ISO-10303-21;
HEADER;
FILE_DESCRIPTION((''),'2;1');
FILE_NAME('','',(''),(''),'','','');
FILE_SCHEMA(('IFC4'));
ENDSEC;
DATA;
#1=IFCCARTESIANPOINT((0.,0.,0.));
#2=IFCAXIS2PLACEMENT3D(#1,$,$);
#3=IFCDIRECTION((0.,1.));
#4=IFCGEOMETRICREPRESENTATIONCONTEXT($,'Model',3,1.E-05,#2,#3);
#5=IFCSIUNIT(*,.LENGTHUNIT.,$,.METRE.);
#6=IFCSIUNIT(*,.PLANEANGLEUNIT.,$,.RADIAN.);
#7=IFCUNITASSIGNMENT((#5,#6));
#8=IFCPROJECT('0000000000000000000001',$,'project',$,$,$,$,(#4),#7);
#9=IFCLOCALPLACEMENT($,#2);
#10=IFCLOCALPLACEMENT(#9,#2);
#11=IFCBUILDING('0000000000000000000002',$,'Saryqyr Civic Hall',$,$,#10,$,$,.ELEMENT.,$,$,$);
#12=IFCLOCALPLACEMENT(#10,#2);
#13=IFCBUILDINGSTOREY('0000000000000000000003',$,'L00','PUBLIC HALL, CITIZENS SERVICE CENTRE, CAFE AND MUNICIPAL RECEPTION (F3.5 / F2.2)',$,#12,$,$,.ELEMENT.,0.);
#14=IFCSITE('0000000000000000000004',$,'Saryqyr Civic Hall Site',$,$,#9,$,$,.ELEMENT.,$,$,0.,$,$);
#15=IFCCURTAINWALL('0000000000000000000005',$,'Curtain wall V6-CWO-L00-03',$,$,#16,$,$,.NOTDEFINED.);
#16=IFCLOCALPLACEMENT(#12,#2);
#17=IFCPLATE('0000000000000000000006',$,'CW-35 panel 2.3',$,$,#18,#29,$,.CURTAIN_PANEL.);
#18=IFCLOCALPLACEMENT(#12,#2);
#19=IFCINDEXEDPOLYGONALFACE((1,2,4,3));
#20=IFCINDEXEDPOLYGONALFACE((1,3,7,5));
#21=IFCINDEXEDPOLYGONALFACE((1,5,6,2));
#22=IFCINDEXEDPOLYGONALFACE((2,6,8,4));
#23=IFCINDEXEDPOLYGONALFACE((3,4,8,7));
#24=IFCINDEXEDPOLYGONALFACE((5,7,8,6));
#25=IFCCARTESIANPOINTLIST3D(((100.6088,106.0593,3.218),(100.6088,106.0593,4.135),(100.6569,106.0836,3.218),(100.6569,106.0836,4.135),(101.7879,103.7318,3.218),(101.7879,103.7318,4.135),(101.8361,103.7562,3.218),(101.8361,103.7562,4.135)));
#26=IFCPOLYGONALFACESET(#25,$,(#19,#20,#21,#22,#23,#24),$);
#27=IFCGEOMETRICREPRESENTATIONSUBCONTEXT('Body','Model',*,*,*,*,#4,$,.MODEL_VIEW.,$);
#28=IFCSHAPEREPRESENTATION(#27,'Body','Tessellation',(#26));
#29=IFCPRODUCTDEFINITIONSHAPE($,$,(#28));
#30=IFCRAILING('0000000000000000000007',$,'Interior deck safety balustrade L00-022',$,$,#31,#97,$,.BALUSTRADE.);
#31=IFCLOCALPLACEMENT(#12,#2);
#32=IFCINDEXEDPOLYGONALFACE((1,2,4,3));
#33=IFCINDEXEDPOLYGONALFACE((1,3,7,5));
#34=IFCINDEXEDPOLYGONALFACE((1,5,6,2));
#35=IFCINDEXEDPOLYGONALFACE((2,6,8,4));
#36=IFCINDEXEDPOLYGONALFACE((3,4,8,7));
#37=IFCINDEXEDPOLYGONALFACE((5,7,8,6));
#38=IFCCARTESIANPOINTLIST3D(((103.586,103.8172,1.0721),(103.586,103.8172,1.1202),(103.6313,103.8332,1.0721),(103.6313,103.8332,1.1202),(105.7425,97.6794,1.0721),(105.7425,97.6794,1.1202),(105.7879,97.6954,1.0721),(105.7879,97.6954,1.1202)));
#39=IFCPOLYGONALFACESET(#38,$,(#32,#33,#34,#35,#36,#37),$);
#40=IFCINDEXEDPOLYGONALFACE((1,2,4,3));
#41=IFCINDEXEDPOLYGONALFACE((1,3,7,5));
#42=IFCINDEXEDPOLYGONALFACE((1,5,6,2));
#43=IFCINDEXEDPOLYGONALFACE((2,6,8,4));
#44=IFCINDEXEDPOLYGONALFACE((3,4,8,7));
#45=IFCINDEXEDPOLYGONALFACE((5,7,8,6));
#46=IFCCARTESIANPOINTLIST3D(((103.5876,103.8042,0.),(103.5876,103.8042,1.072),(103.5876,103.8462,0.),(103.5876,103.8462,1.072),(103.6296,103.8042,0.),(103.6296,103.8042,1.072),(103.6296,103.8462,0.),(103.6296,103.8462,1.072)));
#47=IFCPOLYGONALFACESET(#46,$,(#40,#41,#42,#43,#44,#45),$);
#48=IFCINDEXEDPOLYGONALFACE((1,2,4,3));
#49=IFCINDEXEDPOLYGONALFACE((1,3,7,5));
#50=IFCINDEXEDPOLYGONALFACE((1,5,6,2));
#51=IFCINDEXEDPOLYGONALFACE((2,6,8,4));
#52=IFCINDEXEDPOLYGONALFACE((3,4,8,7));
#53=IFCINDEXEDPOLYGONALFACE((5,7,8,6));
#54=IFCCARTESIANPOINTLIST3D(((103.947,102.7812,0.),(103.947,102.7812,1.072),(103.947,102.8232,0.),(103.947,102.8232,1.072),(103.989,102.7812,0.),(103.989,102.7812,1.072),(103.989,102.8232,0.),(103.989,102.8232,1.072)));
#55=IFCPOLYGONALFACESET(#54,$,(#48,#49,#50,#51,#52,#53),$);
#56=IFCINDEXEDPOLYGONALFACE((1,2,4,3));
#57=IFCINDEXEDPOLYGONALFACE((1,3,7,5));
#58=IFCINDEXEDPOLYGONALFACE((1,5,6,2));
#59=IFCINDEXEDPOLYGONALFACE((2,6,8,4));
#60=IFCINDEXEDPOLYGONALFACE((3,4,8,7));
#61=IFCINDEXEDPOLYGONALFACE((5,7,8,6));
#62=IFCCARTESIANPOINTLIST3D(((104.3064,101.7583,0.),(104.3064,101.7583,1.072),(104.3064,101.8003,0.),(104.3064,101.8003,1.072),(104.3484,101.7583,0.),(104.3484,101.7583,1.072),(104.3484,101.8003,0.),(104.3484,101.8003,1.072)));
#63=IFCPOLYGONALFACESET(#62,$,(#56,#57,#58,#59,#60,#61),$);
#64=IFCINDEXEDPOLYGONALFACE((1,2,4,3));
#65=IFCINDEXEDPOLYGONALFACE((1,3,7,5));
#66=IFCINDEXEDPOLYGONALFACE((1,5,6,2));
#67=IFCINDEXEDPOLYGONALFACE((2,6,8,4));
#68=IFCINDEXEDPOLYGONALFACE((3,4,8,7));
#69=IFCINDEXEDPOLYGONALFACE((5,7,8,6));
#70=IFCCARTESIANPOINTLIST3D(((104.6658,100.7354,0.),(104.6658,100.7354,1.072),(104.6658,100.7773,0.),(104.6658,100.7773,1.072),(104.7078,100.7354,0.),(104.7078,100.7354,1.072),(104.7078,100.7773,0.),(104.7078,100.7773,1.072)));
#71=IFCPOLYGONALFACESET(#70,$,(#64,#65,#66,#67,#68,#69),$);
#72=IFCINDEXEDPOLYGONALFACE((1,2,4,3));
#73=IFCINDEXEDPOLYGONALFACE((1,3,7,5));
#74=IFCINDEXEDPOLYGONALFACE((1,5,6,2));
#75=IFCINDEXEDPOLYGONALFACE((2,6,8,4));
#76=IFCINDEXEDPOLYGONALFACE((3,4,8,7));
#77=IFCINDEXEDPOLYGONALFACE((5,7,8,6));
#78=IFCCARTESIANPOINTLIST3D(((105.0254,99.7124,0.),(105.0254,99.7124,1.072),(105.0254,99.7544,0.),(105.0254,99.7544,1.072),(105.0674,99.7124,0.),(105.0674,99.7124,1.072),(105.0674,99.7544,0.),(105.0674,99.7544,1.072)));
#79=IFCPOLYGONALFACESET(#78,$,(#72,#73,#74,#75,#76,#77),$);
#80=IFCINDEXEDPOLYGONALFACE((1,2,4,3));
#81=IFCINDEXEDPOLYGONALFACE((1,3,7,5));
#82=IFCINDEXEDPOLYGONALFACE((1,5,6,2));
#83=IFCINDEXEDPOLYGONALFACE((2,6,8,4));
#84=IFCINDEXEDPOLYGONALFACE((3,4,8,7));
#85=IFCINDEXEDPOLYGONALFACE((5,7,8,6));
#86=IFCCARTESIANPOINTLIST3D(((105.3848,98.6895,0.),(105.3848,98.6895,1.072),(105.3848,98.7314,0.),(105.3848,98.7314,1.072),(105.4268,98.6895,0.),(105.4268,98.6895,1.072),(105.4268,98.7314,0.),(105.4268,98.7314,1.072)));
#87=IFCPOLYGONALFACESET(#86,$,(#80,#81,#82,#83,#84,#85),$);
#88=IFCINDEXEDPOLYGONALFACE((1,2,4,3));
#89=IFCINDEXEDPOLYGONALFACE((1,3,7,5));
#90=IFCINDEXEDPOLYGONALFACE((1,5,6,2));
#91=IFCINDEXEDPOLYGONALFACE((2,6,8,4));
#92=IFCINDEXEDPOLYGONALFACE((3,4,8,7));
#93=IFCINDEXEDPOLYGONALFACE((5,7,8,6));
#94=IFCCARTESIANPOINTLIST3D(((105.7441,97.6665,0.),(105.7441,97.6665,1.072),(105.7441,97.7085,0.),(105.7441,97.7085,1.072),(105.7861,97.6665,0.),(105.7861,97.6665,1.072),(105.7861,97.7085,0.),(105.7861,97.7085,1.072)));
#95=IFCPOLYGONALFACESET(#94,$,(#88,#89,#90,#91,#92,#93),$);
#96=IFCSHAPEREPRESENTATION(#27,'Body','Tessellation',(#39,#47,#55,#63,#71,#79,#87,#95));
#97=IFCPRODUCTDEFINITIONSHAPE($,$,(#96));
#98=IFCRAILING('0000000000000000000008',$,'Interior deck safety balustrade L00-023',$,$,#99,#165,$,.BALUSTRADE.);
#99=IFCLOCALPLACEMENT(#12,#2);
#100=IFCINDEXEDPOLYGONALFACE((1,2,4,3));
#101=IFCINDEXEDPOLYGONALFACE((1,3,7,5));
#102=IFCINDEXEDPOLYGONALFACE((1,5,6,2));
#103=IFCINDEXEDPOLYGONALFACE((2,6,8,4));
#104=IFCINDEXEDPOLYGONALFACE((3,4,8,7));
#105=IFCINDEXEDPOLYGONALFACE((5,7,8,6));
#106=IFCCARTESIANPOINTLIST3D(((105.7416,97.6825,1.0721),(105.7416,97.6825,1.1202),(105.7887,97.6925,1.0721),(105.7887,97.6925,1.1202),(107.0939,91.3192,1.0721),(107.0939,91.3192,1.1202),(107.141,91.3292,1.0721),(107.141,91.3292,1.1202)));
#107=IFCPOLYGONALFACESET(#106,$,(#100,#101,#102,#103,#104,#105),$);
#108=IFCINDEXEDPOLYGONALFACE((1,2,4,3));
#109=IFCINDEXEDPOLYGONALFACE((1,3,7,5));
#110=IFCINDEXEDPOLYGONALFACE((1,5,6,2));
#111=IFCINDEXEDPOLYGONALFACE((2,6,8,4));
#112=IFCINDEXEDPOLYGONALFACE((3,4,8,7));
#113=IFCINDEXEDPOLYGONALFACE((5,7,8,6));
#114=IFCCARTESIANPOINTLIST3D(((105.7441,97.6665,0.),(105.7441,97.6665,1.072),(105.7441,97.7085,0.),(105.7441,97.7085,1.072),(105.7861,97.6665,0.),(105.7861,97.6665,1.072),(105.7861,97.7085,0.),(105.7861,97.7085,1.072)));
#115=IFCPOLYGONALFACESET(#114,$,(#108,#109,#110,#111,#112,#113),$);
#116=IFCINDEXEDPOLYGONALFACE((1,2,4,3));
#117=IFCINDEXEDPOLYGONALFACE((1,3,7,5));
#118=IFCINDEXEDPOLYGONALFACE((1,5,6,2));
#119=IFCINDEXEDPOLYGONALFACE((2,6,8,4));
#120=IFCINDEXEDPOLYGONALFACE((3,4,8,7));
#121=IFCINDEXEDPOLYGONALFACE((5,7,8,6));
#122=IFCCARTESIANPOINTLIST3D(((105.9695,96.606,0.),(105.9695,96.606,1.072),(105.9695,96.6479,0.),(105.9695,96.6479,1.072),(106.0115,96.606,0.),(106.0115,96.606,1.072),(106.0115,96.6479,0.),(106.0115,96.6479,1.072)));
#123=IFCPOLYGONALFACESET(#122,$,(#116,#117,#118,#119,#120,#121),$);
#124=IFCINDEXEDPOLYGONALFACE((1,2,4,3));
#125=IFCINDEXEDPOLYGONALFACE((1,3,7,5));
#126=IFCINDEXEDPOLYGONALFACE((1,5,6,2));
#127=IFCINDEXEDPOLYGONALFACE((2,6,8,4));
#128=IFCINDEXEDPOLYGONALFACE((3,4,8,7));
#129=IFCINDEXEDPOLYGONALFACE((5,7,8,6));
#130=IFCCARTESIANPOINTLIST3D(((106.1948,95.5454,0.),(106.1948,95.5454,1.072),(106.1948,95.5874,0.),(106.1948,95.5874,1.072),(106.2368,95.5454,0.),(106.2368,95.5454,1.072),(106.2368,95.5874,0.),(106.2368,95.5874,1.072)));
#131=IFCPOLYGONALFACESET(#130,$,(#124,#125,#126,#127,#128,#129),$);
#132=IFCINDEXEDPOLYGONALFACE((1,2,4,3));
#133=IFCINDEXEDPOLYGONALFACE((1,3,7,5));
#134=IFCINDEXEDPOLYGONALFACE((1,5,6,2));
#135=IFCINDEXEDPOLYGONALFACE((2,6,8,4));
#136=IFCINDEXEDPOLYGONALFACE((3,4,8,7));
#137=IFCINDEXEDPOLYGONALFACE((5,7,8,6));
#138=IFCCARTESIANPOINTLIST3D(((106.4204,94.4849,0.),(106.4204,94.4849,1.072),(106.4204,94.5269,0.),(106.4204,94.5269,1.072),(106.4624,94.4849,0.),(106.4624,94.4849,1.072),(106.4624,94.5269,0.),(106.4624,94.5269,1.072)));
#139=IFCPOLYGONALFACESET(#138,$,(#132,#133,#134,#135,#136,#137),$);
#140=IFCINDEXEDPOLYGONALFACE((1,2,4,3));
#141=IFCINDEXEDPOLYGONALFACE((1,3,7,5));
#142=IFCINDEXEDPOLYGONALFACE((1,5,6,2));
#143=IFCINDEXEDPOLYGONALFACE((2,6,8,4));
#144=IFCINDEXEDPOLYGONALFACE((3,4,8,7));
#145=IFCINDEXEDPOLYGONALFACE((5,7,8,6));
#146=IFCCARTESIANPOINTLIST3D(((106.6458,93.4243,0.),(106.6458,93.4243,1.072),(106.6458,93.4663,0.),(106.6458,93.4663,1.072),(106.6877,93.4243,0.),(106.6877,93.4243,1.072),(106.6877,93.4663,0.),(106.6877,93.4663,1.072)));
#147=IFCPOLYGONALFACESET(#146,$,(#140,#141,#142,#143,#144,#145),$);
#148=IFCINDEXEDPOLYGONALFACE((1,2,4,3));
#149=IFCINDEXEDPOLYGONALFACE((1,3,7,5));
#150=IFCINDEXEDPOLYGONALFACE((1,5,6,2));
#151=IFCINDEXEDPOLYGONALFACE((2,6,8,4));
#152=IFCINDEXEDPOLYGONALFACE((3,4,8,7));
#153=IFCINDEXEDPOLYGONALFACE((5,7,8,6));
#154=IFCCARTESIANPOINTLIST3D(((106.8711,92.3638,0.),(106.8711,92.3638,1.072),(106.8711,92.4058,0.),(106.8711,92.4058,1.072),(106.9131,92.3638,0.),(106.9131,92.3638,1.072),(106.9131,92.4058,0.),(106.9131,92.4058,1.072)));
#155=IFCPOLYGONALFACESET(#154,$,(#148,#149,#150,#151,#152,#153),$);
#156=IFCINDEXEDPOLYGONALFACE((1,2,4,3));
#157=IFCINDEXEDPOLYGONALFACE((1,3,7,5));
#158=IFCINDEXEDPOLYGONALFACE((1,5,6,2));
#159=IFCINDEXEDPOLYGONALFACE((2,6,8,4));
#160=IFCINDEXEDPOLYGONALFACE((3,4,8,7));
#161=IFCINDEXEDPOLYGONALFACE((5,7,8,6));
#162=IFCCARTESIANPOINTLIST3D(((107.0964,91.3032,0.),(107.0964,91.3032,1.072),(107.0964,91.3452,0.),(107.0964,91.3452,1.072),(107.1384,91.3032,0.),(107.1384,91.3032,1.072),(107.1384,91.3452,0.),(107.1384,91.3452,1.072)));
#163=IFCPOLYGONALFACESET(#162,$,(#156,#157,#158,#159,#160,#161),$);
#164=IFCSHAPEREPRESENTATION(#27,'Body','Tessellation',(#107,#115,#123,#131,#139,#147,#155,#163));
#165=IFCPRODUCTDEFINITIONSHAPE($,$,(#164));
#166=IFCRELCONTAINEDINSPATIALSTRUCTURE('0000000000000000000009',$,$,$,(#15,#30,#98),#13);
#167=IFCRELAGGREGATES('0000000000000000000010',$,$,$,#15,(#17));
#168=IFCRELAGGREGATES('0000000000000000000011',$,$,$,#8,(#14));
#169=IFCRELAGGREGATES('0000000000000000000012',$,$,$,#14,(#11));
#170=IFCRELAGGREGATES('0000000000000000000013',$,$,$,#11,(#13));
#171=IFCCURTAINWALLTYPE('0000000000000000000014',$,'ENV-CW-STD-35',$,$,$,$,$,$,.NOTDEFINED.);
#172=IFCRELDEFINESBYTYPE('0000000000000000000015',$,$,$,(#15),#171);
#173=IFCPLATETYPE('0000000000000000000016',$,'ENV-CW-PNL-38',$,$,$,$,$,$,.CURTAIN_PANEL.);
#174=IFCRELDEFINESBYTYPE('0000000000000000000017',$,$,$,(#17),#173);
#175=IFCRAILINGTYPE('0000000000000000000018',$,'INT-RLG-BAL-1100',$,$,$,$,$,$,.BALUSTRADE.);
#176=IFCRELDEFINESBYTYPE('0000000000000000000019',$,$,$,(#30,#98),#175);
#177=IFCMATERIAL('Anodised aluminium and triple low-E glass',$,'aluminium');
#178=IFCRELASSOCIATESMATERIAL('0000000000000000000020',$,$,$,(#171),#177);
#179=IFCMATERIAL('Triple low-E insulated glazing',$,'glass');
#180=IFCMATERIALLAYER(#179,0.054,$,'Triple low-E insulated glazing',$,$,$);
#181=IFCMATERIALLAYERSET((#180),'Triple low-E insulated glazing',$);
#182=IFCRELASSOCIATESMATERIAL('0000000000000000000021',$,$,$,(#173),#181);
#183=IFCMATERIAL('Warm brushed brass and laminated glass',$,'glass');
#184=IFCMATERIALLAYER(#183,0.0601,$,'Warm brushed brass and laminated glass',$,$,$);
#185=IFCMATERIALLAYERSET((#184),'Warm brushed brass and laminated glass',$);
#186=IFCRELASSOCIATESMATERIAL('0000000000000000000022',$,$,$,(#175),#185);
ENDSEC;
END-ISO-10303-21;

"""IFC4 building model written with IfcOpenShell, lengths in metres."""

from ifc_helpers import new_model, si_unit, direction, frame, origin, origin_2d, place, context, subcontext, project, spatial, rectangle, extrude, material, layer, layer_set, type_object, element, aggregate, save


model = new_model("IFC4")

# Units and contexts
model_context = context("Model", 3, precision=1e-05, world=origin(), true_north=direction((0.0, 1.0)))
body_context = subcontext(model_context, "Body", "Model", "MODEL_VIEW")
ifc_project = project(units=[si_unit("LENGTHUNIT", "METRE"), si_unit("PLANEANGLEUNIT", "RADIAN")], contexts=[model_context])

# Site, building, storey
site_placement = place(None, origin())
site = spatial("IfcSite", under=ifc_project, at=site_placement, Name="Saryqyr Civic Hall Site", CompositionType="ELEMENT", RefElevation=0.0)
building_placement = place(site_placement, origin())
building = spatial("IfcBuilding", under=site, at=building_placement, Name="Saryqyr Civic Hall", CompositionType="ELEMENT")
storey_placement = place(building_placement, origin())
storey = spatial("IfcBuildingStorey", under=building, at=storey_placement, Name="L00", Description="PUBLIC HALL, CITIZENS SERVICE CENTRE, CAFE AND MUNICIPAL RECEPTION (F3.5 / F2.2)", CompositionType="ELEMENT", Elevation=0.0)

# Shared definitions
ifc_material_1 = material(Name="Anodised aluminium and triple low-E glass", Category="aluminium")

# Curtain wall
curtain_wall_type_1 = type_object("IfcCurtainWallType", Name="ENV-CW-STD-35", PredefinedType="NOTDEFINED", material=ifc_material_1)
curtain_wall_1_placement = place(storey_placement, origin())
curtain_wall_1 = element("IfcCurtainWall", 1, at=curtain_wall_1_placement, inside=storey, type_object=curtain_wall_type_1, Name="Curtain wall V6-CWO-L00-03", PredefinedType="NOTDEFINED")

# Plate
ifc_material_2 = material(Name="Triple low-E insulated glazing", Category="glass")
ifc_layer_1 = layer(ifc_material_2, 0.054, Name="Triple low-E insulated glazing")
ifc_layer_set_1 = layer_set([ifc_layer_1], Name="Triple low-E insulated glazing")
plate_type = type_object("IfcPlateType", Name="ENV-CW-PNL-38", PredefinedType="CURTAIN_PANEL", material=ifc_layer_set_1)
plate_1_placement = place(storey_placement, frame((101.2224, 104.9077, 3.218), z_axis=(0.0, 0.0, 1.0), x_axis=(0.451942, -0.892047, 0.0)))
plate_1 = element("IfcPlate", 2, at=plate_1_placement, type_object=plate_type, Name="CW-35 panel 2.3", PredefinedType="CURTAIN_PANEL", context=body_context, shape_type="SweptSolid", body=[
    extrude(rectangle(XDim=2.6091, YDim=0.054, at=origin_2d()), origin(), (0.0, 0.0, 1.0), 0.917),
])
aggregate(curtain_wall_1, [plate_1])

# Railings
ifc_material_3 = material(Name="Warm brushed brass and laminated glass", Category="glass")
ifc_layer_2 = layer(ifc_material_3, 0.0601, Name="Warm brushed brass and laminated glass")
ifc_layer_set_2 = layer_set([ifc_layer_2], Name="Warm brushed brass and laminated glass")
railing_type = type_object("IfcRailingType", Name="INT-RLG-BAL-1100", PredefinedType="BALUSTRADE", material=ifc_layer_set_2)
railing_1_placement = place(storey_placement, frame((103.6086, 103.8252, 0.0)))
element("IfcRailing", 3, at=railing_1_placement, inside=storey, type_object=railing_type, Name="Interior deck safety balustrade L00-022", PredefinedType="BALUSTRADE", context=body_context, shape_type="SweptSolid", body=[
    extrude(rectangle(XDim=0.0481, YDim=0.0481, at=origin_2d()), frame((0.0, 0.0, 1.0962), z_axis=(0.331487, -0.94346, 0.0), x_axis=(0.94346, 0.331487, 0.0)), (0.0, 0.0, 1.0), 6.5056),
    extrude(rectangle(XDim=0.042, YDim=0.042, at=origin_2d()), origin(), (0.0, 0.0, 1.0), 1.072),
    extrude(rectangle(XDim=0.042, YDim=0.042, at=origin_2d()), frame((0.3594, -1.0229, 0.0)), (0.0, 0.0, 1.0), 1.072),
    extrude(rectangle(XDim=0.042, YDim=0.042, at=origin_2d()), frame((0.7188, -2.0459, 0.0)), (0.0, 0.0, 1.0), 1.072),
    extrude(rectangle(XDim=0.042, YDim=0.042, at=origin_2d()), frame((1.0781, -3.0688, 0.0)), (0.0, 0.0, 1.0), 1.072),
    extrude(rectangle(XDim=0.042, YDim=0.042, at=origin_2d()), frame((1.4377, -4.0918, 0.0)), (0.0, 0.0, 1.0), 1.072),
    extrude(rectangle(XDim=0.042, YDim=0.042, at=origin_2d()), frame((1.7971, -5.1147, 0.0)), (0.0, 0.0, 1.0), 1.072),
    extrude(rectangle(XDim=0.042, YDim=0.042, at=origin_2d()), frame((2.1565, -6.1377, 0.0)), (0.0, 0.0, 1.0), 1.072),
])
railing_2_placement = place(storey_placement, frame((105.7651, 97.6875, 0.0)))
element("IfcRailing", 4, at=railing_2_placement, inside=storey, type_object=railing_type, Name="Interior deck safety balustrade L00-023", PredefinedType="BALUSTRADE", context=body_context, shape_type="SweptSolid", body=[
    extrude(rectangle(XDim=0.0481, YDim=0.0481, at=origin_2d()), frame((0.0, 0.0, 1.0962), z_axis=(0.207873, -0.978156, 0.0), x_axis=(0.978156, 0.207873, 0.0)), (0.0, 0.0, 1.0), 6.5054),
    extrude(rectangle(XDim=0.042, YDim=0.042, at=origin_2d()), origin(), (0.0, 0.0, 1.0), 1.072),
    extrude(rectangle(XDim=0.042, YDim=0.042, at=origin_2d()), frame((0.2253, -1.0605, 0.0)), (0.0, 0.0, 1.0), 1.072),
    extrude(rectangle(XDim=0.042, YDim=0.042, at=origin_2d()), frame((0.4507, -2.1211, 0.0)), (0.0, 0.0, 1.0), 1.072),
    extrude(rectangle(XDim=0.042, YDim=0.042, at=origin_2d()), frame((0.6763, -3.1816, 0.0)), (0.0, 0.0, 1.0), 1.072),
    extrude(rectangle(XDim=0.042, YDim=0.042, at=origin_2d()), frame((0.9016, -4.2422, 0.0)), (0.0, 0.0, 1.0), 1.072),
    extrude(rectangle(XDim=0.042, YDim=0.042, at=origin_2d()), frame((1.127, -5.3027, 0.0)), (0.0, 0.0, 1.0), 1.072),
    extrude(rectangle(XDim=0.042, YDim=0.042, at=origin_2d()), frame((1.3523, -6.3633, 0.0)), (0.0, 0.0, 1.0), 1.072),
])

save(model, "model.ifc")
